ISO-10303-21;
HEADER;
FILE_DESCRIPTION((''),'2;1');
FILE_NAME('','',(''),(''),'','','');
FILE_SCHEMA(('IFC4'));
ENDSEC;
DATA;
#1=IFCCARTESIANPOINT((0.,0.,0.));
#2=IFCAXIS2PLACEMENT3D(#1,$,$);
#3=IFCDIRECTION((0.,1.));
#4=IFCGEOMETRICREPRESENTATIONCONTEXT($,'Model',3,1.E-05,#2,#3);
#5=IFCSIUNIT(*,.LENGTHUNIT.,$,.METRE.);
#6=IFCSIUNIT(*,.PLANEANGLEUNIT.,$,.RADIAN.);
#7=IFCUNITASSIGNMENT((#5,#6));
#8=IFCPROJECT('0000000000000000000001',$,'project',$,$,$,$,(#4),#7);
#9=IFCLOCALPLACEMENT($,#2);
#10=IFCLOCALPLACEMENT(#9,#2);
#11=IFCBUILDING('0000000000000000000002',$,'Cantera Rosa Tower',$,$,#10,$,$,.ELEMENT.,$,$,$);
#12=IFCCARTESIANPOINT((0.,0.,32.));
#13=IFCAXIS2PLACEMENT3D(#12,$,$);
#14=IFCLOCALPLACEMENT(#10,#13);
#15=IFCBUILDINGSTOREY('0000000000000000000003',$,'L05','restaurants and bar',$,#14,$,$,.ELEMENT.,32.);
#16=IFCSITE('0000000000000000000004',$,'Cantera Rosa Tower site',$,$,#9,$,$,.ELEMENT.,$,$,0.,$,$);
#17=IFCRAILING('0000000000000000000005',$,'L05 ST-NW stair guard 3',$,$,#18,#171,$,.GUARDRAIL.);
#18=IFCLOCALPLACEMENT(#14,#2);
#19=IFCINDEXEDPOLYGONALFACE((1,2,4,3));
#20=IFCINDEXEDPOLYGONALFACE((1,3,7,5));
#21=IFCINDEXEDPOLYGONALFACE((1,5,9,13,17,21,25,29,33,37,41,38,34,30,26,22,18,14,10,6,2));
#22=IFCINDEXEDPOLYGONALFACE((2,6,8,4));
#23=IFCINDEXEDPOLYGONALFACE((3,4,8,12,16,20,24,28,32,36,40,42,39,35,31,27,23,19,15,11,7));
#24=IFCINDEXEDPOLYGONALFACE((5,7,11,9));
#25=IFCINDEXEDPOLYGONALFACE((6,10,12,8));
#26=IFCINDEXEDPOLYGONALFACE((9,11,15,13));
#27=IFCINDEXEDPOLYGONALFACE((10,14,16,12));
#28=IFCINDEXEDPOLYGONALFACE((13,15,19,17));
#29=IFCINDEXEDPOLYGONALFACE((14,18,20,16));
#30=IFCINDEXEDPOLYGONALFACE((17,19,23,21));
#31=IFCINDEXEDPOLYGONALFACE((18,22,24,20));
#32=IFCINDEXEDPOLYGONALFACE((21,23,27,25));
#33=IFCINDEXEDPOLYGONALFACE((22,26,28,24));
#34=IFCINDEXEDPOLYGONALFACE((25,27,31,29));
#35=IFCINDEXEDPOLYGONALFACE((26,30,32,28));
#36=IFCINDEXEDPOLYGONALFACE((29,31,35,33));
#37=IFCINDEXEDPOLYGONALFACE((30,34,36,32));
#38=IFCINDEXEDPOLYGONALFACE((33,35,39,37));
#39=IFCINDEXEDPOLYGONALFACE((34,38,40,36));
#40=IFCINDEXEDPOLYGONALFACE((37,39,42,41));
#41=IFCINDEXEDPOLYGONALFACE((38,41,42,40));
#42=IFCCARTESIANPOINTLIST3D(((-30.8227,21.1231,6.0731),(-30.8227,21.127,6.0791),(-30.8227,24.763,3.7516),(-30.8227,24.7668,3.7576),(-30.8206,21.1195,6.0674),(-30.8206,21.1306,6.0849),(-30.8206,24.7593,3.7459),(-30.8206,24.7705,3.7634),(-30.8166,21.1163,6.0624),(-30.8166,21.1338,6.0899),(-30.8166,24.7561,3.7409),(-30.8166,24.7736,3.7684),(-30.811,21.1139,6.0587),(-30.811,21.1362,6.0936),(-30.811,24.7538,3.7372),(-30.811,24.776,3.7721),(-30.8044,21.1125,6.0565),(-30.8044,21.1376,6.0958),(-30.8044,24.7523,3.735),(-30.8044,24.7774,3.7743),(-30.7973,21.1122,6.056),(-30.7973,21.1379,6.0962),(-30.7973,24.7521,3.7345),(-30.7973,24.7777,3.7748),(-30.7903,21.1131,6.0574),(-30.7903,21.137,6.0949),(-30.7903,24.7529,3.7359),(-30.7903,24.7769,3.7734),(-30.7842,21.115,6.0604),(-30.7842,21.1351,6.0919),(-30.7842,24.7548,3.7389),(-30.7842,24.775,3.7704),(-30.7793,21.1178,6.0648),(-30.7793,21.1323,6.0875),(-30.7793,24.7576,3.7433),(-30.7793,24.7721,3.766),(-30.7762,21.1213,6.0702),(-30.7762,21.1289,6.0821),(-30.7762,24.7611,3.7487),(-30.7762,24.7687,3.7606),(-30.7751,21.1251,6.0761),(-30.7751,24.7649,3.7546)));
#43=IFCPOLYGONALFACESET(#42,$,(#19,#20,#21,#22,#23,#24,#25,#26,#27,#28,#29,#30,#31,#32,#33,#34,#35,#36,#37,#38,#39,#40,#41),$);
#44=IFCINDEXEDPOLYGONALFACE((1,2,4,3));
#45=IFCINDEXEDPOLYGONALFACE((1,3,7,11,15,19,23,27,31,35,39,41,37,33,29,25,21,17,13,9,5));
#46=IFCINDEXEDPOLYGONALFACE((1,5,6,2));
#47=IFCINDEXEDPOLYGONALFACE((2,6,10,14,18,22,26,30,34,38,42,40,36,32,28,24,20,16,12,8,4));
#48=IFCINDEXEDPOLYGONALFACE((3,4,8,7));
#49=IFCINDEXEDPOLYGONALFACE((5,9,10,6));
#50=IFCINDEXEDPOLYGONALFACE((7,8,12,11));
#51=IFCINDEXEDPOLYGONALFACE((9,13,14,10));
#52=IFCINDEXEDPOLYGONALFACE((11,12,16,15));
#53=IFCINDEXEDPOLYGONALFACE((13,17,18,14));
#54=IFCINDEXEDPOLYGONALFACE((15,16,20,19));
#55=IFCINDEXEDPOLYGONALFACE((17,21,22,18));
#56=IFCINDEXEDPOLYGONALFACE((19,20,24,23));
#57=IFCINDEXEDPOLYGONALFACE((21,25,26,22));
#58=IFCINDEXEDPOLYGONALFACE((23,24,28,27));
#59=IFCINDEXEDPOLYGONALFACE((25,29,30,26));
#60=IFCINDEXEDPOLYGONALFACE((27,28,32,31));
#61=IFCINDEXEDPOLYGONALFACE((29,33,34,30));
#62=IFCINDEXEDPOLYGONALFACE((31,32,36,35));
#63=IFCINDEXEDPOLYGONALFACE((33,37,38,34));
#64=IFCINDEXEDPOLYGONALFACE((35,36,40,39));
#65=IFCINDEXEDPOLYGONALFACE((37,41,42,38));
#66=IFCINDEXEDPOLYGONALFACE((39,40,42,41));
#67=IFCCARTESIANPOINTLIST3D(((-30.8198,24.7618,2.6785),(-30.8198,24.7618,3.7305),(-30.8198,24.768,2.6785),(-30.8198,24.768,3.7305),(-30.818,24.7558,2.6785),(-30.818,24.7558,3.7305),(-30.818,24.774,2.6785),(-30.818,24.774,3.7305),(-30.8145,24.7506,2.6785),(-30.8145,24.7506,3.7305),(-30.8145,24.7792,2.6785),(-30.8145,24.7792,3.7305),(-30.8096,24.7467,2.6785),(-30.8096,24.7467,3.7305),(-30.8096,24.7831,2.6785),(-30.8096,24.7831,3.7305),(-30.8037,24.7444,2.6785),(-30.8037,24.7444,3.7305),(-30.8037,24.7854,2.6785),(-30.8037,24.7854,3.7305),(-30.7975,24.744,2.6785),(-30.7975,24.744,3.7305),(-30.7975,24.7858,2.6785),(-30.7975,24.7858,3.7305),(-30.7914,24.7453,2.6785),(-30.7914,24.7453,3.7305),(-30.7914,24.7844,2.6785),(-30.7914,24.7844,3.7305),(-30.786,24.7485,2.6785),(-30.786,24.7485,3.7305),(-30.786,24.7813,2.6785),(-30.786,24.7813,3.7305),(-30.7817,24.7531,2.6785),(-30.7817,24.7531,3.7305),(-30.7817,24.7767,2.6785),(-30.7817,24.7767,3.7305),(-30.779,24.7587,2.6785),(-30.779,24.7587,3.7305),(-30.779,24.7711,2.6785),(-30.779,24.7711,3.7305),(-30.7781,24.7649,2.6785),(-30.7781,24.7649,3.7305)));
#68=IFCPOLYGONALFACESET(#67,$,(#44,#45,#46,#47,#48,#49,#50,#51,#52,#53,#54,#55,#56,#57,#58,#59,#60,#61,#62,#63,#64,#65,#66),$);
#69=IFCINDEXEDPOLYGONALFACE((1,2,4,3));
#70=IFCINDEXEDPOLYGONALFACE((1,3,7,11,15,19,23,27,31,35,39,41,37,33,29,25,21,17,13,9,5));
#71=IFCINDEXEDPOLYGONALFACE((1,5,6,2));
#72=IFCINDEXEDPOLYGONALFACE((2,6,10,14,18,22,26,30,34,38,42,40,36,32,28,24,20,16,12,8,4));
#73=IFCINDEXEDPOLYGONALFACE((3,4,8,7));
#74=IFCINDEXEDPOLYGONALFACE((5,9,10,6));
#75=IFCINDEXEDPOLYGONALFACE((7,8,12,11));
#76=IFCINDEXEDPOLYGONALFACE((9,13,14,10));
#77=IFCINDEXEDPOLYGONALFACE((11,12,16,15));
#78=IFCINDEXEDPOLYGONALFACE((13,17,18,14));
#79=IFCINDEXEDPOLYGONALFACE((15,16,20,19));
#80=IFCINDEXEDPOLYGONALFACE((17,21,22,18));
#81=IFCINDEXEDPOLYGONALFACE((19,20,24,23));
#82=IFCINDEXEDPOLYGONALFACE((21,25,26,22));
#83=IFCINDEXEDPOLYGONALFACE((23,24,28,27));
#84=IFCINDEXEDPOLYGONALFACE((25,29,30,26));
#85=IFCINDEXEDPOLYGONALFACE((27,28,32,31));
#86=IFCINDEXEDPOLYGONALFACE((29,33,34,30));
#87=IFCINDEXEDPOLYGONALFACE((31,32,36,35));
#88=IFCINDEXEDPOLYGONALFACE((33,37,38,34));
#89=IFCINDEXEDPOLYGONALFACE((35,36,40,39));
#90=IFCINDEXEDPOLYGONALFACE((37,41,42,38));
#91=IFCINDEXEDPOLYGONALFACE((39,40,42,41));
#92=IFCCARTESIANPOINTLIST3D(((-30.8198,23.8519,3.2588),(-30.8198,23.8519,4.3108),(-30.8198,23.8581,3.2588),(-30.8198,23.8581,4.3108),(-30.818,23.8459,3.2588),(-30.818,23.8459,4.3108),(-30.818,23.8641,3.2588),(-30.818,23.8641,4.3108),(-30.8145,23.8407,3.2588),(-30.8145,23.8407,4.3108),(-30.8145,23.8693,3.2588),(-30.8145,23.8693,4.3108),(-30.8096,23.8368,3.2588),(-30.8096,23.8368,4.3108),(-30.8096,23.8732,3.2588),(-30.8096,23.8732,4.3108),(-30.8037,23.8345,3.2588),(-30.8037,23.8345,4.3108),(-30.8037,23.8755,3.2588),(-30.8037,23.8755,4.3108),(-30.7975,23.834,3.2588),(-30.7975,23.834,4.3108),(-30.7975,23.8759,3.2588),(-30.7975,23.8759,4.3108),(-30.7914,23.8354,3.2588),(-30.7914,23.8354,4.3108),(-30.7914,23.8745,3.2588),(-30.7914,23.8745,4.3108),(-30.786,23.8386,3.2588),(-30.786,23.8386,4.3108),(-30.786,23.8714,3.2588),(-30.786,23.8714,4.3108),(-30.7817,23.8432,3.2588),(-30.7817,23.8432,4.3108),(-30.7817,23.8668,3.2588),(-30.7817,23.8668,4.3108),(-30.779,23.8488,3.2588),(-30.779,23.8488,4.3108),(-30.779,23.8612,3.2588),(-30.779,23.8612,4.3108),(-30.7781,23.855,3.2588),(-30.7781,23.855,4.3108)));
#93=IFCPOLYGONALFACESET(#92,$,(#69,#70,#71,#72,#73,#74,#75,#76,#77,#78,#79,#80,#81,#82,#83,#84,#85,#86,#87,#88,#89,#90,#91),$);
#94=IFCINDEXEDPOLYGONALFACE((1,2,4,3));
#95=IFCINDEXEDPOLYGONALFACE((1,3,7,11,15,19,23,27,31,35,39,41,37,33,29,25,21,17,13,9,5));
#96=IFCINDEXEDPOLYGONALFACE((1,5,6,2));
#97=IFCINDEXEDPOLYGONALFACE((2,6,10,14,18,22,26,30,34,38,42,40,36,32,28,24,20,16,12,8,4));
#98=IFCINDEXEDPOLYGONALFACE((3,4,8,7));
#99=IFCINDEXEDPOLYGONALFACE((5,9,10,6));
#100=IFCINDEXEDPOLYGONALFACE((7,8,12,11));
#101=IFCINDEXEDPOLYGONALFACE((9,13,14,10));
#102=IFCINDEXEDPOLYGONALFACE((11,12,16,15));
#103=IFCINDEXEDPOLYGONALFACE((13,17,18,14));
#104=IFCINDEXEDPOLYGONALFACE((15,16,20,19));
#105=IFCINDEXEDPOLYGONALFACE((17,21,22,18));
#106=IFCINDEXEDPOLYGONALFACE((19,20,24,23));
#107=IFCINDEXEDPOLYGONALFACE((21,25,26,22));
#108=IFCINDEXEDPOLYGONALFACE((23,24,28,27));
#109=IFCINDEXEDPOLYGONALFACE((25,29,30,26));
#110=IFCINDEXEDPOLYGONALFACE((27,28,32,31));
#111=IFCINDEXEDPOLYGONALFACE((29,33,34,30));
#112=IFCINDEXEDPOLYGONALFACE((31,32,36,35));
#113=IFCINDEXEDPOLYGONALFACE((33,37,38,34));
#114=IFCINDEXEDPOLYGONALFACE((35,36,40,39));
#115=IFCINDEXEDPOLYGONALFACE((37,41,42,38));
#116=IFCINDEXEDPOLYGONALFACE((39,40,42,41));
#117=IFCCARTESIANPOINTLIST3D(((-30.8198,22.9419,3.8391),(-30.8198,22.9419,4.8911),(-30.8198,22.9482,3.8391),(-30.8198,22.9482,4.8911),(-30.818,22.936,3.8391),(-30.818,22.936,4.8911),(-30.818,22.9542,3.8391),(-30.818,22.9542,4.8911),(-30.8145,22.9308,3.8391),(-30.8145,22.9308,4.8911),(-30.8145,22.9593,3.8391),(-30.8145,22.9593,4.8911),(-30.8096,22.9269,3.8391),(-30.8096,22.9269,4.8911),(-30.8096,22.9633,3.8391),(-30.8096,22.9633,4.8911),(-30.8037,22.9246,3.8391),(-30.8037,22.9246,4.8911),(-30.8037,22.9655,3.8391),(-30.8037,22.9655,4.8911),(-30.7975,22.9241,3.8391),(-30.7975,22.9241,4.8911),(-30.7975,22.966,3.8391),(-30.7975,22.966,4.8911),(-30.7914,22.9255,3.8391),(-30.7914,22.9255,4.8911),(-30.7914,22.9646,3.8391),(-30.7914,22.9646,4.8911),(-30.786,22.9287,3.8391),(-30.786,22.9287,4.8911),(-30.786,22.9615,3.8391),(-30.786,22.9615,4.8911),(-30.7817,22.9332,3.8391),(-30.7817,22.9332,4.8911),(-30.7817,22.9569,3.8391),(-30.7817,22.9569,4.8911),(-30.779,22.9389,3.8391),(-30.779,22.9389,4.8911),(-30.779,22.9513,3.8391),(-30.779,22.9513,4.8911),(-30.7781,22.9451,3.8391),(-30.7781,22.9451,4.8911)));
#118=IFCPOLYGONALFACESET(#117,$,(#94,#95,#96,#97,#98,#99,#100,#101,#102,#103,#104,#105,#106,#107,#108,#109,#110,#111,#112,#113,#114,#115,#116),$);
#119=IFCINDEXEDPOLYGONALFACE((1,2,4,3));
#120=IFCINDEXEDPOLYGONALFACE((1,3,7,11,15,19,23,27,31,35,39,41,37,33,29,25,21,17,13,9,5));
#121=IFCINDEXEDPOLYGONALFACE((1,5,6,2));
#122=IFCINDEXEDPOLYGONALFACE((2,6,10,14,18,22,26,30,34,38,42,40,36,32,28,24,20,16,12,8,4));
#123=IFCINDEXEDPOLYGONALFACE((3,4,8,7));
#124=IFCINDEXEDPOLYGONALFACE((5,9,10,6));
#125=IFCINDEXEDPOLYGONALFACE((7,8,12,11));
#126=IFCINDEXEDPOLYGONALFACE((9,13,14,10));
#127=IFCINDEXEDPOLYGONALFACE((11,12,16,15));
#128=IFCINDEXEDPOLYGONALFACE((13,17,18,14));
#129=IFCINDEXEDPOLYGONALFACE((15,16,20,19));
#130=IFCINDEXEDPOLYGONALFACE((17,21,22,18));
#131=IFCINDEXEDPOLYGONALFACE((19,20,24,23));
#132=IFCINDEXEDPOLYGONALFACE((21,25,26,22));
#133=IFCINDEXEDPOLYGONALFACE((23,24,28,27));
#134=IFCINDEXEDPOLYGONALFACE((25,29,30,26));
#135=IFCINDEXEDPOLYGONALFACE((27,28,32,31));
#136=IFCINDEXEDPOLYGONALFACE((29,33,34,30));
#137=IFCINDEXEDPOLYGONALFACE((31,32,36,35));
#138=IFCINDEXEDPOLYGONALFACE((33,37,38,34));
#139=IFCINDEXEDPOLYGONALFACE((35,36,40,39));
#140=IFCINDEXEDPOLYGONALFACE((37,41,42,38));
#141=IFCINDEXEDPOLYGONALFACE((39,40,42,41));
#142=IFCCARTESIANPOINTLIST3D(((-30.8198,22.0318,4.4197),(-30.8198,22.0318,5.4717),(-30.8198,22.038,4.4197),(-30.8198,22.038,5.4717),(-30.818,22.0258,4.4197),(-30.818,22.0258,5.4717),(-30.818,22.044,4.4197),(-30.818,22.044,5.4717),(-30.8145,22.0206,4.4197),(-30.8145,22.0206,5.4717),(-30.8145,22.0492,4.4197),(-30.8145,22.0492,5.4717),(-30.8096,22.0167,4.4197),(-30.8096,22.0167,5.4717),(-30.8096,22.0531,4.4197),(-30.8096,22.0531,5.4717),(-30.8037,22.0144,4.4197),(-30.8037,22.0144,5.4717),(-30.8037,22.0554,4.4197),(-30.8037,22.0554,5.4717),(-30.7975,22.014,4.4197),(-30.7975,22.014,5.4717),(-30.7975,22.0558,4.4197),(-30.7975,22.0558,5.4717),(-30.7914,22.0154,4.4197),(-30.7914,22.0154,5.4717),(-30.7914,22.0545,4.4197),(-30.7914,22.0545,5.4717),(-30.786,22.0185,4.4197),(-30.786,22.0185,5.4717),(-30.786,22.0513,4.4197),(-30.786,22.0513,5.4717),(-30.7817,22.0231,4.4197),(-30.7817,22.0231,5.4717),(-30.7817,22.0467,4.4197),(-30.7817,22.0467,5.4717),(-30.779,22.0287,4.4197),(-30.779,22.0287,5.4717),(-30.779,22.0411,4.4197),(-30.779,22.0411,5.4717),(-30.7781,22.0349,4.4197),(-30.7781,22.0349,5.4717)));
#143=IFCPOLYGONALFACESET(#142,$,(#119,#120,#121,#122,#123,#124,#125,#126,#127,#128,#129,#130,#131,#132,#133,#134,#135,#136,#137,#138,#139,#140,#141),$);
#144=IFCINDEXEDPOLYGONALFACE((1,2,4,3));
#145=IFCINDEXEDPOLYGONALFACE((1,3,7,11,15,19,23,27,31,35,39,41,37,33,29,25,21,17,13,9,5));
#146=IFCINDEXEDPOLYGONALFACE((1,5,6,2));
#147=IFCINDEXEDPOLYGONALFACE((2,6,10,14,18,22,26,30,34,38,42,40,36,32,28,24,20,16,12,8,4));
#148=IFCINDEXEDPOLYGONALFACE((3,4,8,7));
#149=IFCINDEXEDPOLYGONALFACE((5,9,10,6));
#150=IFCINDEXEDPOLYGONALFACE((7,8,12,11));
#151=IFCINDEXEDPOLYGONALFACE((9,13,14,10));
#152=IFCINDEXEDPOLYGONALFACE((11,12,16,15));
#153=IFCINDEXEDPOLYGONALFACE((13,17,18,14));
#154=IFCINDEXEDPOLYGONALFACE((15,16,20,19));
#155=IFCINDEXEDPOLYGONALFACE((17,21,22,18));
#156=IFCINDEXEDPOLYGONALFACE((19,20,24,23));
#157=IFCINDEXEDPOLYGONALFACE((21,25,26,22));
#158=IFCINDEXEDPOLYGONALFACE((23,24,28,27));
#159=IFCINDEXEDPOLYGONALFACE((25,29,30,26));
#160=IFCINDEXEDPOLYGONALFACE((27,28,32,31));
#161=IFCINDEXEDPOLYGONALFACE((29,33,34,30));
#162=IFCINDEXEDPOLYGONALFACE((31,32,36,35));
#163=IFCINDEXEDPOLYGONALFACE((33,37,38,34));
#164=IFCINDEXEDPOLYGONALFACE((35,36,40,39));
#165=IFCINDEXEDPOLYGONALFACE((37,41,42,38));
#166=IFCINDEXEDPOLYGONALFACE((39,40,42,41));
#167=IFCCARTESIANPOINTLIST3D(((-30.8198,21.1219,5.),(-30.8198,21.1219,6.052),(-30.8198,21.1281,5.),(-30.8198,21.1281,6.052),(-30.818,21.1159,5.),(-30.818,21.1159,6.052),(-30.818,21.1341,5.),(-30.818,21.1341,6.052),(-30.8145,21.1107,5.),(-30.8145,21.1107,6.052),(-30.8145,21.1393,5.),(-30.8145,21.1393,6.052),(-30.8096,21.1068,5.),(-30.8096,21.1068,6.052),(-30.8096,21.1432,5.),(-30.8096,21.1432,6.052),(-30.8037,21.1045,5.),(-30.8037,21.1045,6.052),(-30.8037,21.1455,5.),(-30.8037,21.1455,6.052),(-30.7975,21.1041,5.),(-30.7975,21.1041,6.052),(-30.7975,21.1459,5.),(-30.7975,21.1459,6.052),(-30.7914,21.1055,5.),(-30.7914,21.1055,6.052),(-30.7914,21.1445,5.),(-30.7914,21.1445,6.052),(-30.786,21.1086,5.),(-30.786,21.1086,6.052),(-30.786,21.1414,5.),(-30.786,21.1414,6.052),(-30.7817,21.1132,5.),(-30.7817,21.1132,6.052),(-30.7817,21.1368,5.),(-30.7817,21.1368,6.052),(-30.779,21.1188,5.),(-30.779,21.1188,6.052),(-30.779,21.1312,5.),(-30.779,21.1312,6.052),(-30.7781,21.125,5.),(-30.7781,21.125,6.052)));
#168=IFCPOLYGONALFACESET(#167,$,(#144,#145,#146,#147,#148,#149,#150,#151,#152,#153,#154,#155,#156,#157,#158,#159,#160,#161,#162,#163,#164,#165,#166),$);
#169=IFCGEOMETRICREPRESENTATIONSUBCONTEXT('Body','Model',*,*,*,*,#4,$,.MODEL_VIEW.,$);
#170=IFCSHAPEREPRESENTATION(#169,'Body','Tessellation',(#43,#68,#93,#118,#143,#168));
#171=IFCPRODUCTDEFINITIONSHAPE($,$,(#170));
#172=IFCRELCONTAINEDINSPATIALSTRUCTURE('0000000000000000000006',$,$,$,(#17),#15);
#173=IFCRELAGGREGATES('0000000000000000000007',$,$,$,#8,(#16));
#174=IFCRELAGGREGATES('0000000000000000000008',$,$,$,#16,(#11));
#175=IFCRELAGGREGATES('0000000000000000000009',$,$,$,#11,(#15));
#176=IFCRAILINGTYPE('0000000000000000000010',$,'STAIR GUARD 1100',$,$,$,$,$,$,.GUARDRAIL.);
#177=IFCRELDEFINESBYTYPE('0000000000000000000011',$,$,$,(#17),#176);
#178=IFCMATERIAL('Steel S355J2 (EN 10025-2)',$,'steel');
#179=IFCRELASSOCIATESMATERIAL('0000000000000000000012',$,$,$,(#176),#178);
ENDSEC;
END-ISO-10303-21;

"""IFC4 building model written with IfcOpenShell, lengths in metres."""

from ifc_helpers import new_model, si_unit, direction, frame, origin, origin_2d, place, context, subcontext, project, spatial, circle, extrude, material, type_object, element, save


model = new_model("IFC4")

# Units and contexts
model_context = context("Model", 3, precision=1e-05, world=origin(), true_north=direction((0.0, 1.0)))
body_context = subcontext(model_context, "Body", "Model", "MODEL_VIEW")
ifc_project = project(units=[si_unit("LENGTHUNIT", "METRE"), si_unit("PLANEANGLEUNIT", "RADIAN")], contexts=[model_context])

# Site, building, storey
site_placement = place(None, origin())
site = spatial("IfcSite", under=ifc_project, at=site_placement, Name="Cantera Rosa Tower site", CompositionType="ELEMENT", RefElevation=0.0)
building_placement = place(site_placement, origin())
building = spatial("IfcBuilding", under=site, at=building_placement, Name="Cantera Rosa Tower", CompositionType="ELEMENT")
storey_placement = place(building_placement, frame((0.0, 0.0, 32.0)))
storey = spatial("IfcBuildingStorey", under=building, at=storey_placement, Name="L05", Description="restaurants and bar", CompositionType="ELEMENT", Elevation=32.0)

# Railing
ifc_material_1 = material(Name="Steel S355J2 (EN 10025-2)", Category="steel")
railing_type_1 = type_object("IfcRailingType", Name="STAIR GUARD 1100", PredefinedType="GUARDRAIL", material=ifc_material_1)
railing_1_placement = place(storey_placement, frame((-30.7991, 24.7649, 2.6785)))
element("IfcRailing", 1, at=railing_1_placement, inside=storey, type_object=railing_type_1, Name="L05 ST-NW stair guard 3", PredefinedType="GUARDRAIL", context=body_context, shape_type="SweptSolid", body=[
    extrude(circle(Radius=0.0239, at=origin_2d()), frame((0.0, 0.0, 1.0762), z_axis=(0.0, -0.843112, 0.537739), x_axis=(1.0, 0.0, 0.0)), (0.0, 0.0, 1.0), 4.3171),
    extrude(circle(Radius=0.021, at=origin_2d()), origin(), (0.0, 0.0, 1.0), 1.052),
    extrude(circle(Radius=0.021, at=origin_2d()), frame((0.0, -0.9099, 0.5803)), (0.0, 0.0, 1.0), 1.052),
    extrude(circle(Radius=0.021, at=origin_2d()), frame((0.0, -1.8198, 1.1606)), (0.0, 0.0, 1.0), 1.052),
    extrude(circle(Radius=0.021, at=origin_2d()), frame((0.0, -2.73, 1.7412)), (0.0, 0.0, 1.0), 1.052),
    extrude(circle(Radius=0.021, at=origin_2d()), frame((0.0, -3.6399, 2.3215)), (0.0, 0.0, 1.0), 1.052),
])

save(model, "model.ifc")
